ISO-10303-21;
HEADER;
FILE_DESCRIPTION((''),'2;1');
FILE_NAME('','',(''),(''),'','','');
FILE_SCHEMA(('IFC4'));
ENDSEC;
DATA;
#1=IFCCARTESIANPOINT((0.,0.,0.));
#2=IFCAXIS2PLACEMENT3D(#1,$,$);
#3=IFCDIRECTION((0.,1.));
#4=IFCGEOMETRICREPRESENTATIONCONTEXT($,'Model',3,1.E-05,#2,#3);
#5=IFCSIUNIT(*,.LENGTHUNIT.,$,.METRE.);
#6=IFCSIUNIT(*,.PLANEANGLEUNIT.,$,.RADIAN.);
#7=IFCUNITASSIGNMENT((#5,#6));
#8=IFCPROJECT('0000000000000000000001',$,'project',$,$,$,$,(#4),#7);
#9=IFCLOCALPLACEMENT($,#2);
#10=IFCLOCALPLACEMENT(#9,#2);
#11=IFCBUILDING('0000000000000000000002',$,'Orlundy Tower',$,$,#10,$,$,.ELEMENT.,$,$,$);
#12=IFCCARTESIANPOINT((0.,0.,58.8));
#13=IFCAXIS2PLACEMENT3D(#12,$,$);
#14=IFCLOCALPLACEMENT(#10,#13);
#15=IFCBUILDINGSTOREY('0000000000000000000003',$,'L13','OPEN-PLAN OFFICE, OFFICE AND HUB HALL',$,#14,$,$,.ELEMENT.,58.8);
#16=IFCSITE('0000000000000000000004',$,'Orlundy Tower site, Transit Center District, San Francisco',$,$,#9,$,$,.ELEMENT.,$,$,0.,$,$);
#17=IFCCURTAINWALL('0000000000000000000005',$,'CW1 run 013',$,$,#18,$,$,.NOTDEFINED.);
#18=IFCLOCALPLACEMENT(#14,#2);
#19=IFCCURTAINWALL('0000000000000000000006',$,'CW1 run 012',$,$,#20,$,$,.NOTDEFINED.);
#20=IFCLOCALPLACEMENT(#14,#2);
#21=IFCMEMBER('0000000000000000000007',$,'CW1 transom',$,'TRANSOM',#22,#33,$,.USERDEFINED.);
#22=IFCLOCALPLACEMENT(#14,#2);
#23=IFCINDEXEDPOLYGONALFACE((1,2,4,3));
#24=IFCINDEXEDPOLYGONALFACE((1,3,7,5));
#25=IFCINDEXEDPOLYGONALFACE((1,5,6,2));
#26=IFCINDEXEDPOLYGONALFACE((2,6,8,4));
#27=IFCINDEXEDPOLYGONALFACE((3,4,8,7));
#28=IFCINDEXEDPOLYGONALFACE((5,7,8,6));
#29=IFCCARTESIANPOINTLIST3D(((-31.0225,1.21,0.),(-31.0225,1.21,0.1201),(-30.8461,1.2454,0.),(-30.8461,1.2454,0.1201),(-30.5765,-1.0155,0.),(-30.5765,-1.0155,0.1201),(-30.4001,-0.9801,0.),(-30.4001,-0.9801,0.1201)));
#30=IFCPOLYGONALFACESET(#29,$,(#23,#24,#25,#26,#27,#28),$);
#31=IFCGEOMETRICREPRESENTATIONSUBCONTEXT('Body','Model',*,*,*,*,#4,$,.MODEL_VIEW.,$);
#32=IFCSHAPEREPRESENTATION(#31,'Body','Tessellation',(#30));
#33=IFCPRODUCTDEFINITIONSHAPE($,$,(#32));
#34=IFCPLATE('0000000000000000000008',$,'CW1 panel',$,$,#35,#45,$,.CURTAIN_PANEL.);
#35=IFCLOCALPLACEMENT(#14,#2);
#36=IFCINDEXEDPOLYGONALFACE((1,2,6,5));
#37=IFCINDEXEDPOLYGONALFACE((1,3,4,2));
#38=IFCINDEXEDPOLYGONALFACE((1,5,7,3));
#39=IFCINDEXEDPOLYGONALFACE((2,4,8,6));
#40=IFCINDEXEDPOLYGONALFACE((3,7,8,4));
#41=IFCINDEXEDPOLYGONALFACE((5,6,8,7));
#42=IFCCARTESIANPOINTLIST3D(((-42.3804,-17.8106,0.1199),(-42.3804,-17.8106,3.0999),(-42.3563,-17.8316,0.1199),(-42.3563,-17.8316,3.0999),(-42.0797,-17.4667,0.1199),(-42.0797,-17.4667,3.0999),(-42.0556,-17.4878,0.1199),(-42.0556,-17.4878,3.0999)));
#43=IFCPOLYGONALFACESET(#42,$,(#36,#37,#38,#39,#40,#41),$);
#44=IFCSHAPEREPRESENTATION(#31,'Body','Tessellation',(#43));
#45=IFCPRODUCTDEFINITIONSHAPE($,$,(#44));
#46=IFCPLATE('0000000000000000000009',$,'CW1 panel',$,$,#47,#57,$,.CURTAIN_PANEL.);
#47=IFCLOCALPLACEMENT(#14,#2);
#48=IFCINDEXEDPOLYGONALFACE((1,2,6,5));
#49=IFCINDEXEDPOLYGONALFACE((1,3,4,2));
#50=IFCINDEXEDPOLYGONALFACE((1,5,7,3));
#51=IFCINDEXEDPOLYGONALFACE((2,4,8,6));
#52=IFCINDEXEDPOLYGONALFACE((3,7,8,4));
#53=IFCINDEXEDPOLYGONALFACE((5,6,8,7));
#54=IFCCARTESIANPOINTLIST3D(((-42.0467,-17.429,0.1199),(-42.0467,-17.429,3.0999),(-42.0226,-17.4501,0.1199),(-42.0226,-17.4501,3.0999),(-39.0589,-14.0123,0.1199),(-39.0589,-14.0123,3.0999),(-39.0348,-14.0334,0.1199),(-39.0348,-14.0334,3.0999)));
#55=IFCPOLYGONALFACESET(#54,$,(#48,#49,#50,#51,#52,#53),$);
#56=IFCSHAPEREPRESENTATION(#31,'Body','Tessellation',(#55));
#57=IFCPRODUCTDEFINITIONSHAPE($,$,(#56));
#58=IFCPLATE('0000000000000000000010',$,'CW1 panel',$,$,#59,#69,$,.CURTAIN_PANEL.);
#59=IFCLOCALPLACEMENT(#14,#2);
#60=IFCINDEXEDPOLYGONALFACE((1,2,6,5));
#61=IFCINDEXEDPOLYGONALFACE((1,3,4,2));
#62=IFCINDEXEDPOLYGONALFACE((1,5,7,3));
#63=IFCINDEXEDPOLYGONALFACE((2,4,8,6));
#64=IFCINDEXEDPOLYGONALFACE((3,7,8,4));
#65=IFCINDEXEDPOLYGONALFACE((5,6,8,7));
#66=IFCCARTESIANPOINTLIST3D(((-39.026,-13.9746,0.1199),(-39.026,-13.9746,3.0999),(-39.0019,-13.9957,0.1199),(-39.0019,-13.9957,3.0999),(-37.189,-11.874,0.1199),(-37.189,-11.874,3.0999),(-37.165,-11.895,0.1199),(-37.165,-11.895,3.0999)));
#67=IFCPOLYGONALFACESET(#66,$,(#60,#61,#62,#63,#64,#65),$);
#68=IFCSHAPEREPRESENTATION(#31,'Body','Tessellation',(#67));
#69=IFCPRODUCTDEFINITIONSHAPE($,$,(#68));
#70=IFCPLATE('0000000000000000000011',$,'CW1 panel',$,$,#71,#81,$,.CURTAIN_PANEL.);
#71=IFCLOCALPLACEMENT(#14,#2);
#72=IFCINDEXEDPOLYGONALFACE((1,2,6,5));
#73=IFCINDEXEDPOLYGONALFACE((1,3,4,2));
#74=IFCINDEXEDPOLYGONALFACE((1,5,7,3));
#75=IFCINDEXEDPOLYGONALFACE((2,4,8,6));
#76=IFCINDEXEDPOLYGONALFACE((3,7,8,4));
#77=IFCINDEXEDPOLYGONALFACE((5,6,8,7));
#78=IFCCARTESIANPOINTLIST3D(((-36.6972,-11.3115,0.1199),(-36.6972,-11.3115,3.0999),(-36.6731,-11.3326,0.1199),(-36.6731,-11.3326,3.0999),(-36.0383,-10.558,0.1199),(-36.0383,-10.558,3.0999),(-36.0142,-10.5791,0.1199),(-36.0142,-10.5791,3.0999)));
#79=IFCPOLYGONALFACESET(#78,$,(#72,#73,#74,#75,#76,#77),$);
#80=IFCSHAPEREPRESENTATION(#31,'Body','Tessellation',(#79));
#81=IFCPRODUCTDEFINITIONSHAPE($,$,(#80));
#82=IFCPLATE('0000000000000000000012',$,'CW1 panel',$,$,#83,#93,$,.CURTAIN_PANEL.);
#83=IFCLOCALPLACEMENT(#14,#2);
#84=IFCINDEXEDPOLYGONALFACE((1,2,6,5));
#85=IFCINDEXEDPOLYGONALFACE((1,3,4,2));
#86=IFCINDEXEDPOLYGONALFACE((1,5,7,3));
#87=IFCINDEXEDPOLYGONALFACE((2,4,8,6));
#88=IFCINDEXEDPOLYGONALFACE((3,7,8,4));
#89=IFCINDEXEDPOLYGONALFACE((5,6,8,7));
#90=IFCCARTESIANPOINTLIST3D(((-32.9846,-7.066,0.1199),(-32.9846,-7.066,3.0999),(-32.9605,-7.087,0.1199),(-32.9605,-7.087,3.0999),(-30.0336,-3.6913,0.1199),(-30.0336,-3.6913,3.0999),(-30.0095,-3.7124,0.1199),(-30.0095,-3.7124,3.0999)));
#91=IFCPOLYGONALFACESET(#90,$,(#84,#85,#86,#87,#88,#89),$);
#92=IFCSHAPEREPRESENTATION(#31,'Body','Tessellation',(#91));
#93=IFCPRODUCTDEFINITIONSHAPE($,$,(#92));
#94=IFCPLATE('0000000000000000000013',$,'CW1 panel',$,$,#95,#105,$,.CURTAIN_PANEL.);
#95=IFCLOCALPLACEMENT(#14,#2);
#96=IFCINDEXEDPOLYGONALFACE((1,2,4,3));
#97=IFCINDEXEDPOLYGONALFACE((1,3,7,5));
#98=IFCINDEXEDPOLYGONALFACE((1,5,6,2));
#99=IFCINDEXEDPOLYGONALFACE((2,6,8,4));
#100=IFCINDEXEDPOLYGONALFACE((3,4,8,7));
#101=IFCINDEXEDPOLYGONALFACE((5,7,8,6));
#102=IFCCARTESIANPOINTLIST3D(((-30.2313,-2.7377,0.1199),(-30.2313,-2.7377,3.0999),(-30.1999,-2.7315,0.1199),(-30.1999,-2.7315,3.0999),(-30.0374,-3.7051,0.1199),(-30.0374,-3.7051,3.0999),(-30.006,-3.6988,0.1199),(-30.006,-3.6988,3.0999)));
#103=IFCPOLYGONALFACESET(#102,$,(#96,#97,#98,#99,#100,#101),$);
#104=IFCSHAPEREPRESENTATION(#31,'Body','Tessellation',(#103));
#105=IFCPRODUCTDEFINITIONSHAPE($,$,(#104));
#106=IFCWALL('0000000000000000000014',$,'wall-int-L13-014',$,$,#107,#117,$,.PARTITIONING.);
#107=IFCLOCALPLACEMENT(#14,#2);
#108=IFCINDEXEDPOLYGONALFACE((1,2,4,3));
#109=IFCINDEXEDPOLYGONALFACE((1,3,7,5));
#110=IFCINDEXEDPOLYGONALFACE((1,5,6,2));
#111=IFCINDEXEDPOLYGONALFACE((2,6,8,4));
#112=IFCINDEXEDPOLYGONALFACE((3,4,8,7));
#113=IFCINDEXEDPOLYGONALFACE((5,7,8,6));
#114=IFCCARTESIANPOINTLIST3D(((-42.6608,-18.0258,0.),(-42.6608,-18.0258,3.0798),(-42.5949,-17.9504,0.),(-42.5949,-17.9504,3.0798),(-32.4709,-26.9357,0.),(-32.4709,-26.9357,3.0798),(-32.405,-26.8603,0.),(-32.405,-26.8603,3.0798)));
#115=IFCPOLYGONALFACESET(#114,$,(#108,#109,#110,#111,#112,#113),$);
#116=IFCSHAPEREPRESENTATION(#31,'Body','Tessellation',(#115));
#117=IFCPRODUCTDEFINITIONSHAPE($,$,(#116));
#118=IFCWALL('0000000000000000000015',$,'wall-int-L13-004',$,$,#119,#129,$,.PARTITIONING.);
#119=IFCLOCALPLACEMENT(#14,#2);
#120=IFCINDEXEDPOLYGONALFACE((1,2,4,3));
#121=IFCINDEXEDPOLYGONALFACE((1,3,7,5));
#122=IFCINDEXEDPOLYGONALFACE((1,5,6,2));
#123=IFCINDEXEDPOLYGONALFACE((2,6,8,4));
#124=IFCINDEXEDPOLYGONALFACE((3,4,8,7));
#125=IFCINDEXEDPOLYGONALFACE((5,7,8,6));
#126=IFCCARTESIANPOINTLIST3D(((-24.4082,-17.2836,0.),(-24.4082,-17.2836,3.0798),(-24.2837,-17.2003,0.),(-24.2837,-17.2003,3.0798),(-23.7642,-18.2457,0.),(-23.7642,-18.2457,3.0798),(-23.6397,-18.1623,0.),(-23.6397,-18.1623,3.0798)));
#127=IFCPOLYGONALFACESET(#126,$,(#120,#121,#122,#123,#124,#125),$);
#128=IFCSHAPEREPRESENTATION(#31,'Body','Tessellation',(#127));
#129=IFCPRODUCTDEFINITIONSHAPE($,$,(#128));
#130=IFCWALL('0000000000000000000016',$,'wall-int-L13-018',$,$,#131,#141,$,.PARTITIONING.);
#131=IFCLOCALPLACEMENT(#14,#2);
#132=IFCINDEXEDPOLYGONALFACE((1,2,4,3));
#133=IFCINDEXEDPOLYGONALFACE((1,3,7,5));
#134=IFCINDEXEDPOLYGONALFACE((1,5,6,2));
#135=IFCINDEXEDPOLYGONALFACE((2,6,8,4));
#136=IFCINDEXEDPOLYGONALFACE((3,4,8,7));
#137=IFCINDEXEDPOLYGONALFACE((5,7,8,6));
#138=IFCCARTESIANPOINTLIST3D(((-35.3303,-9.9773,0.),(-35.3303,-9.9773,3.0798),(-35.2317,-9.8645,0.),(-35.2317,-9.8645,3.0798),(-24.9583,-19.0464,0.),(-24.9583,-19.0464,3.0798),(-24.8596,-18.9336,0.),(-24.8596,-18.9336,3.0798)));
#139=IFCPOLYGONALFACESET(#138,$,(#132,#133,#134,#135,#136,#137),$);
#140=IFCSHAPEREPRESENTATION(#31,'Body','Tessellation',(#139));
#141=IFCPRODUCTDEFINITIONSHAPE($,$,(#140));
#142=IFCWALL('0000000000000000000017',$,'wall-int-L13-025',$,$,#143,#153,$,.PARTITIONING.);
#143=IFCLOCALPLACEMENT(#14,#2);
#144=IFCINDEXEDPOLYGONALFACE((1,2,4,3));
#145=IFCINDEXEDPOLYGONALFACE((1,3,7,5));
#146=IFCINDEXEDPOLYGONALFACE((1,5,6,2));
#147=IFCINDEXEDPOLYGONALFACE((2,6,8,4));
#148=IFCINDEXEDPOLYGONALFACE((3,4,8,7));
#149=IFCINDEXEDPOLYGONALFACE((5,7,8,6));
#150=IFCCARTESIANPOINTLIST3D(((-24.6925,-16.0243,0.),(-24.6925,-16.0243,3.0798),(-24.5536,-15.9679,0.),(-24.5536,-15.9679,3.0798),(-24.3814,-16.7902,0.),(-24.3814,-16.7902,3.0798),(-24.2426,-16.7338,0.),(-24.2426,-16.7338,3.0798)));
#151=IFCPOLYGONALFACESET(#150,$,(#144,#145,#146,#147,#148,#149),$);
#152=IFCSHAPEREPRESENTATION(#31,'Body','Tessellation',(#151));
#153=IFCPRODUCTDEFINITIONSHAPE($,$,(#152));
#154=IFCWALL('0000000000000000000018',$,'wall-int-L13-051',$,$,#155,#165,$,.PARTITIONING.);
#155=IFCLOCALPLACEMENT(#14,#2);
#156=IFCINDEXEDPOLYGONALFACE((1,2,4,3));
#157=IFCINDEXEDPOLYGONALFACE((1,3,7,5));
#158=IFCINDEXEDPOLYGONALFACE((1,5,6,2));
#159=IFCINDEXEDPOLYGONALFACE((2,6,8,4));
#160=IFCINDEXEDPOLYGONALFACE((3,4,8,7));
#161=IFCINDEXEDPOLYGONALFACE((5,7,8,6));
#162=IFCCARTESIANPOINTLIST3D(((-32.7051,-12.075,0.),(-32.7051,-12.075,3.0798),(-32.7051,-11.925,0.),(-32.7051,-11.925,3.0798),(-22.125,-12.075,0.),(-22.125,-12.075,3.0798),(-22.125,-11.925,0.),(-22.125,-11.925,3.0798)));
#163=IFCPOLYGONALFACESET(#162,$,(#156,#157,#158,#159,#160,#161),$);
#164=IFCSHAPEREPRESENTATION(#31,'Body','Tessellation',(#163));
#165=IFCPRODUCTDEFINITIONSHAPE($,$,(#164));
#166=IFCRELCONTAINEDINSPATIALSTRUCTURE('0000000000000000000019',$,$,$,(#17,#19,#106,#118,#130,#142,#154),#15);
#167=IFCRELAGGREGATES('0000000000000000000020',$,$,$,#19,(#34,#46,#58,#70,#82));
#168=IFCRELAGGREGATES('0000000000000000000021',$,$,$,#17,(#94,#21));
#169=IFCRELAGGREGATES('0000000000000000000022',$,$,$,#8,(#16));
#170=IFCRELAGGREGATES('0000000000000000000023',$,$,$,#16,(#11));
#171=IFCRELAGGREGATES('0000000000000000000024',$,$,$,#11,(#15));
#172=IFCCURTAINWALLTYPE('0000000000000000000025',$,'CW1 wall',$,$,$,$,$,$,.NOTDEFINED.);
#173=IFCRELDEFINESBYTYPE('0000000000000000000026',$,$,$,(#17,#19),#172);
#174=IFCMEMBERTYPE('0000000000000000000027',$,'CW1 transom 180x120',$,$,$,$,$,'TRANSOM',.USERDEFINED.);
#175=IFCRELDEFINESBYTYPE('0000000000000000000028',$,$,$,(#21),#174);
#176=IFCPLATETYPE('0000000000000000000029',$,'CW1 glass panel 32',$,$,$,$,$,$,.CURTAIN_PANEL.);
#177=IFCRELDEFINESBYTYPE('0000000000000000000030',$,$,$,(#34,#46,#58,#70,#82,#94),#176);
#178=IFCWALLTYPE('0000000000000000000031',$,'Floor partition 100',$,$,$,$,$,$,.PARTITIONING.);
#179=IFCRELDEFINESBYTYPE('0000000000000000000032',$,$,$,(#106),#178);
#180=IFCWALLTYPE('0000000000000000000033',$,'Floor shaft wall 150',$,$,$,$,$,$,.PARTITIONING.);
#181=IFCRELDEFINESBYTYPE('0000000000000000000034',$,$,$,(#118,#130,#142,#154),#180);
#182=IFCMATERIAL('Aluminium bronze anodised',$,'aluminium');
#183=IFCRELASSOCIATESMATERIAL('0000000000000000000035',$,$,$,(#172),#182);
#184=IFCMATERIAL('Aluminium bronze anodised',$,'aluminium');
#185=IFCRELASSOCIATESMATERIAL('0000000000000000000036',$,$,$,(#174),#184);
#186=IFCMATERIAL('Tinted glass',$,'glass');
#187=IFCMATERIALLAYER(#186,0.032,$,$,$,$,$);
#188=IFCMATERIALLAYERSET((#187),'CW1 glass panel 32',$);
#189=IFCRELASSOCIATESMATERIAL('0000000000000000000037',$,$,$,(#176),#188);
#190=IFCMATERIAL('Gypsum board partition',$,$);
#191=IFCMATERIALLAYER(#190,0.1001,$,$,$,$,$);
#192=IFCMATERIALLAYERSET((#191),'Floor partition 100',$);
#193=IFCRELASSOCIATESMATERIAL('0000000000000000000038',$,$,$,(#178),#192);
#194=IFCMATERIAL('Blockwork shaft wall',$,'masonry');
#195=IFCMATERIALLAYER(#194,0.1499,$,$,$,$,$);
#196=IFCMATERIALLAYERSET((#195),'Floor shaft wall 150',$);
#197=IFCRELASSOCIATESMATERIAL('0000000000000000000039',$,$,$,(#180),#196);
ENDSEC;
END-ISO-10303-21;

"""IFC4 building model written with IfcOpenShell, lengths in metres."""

from ifc_helpers import new_model, si_unit, direction, frame, frame_2d, origin, origin_2d, place, context, subcontext, project, spatial, rectangle, extrude, material, layer, layer_set, material_profile, profile_set, type_object, element, aggregate, save


model = new_model("IFC4")

# Units and contexts
model_context = context("Model", 3, precision=1e-05, world=origin(), true_north=direction((0.0, 1.0)))
body_context = subcontext(model_context, "Body", "Model", "MODEL_VIEW")
ifc_project = project(units=[si_unit("LENGTHUNIT", "METRE"), si_unit("PLANEANGLEUNIT", "RADIAN")], contexts=[model_context])

# Site, building, storey
site_placement = place(None, origin())
site = spatial("IfcSite", under=ifc_project, at=site_placement, Name="Orlundy Tower site, Transit Center District, San Francisco", CompositionType="ELEMENT", RefElevation=0.0)
building_placement = place(site_placement, origin())
building = spatial("IfcBuilding", under=site, at=building_placement, Name="Orlundy Tower", CompositionType="ELEMENT")
storey_placement = place(building_placement, frame((0.0, 0.0, 58.8)))
storey = spatial("IfcBuildingStorey", under=building, at=storey_placement, Name="L13", Description="OPEN-PLAN OFFICE, OFFICE AND HUB HALL", CompositionType="ELEMENT", Elevation=58.8)

# Curtain wall
ifc_material_1 = material(Name="Aluminium bronze anodised", Category="aluminium")
curtain_wall_type = type_object("IfcCurtainWallType", Name="CW1 wall", PredefinedType="NOTDEFINED", material=ifc_material_1)
curtain_wall_1_placement = place(storey_placement, origin())
curtain_wall_1 = element("IfcCurtainWall", 1, at=curtain_wall_1_placement, inside=storey, type_object=curtain_wall_type, Name="CW1 run 013", PredefinedType="NOTDEFINED")

# Curtain wall
curtain_wall_2_placement = place(storey_placement, origin())
curtain_wall_2 = element("IfcCurtainWall", 2, at=curtain_wall_2_placement, inside=storey, type_object=curtain_wall_type, Name="CW1 run 012", PredefinedType="NOTDEFINED")
ifc_material_2 = material(Name="Aluminium bronze anodised", Category="aluminium")
ifc_material_profile_1 = material_profile(ifc_material_2, rectangle(XDim=0.1799, YDim=0.1201, at=origin_2d()), Name="CW1 transom 180x120")
ifc_profile_set_1 = profile_set([ifc_material_profile_1], Name="Aluminium bronze anodised")
member_type_1 = type_object("IfcMemberType", Name="CW1 transom 180x120", ElementType="TRANSOM", PredefinedType="USERDEFINED", material=ifc_profile_set_1)

# Member
member_1_placement = place(storey_placement, frame((-30.4883, -0.9978, 0.0601), z_axis=(-0.196509, 0.980502, 0.0), x_axis=(-0.980502, -0.196509, 0.0)))
member_1 = element("IfcMember", 3, at=member_1_placement, type_object=member_type_1, Name="CW1 transom", ObjectType="TRANSOM", PredefinedType="USERDEFINED", context=body_context, shape_type="SweptSolid", body=[
    extrude(rectangle(XDim=0.1799, YDim=0.1201, at=origin_2d()), origin(), (0.0, 0.0, 1.0), 2.2698),
])

# Plates
ifc_material_3 = material(Name="Tinted glass", Category="glass")
ifc_layer_1 = layer(ifc_material_3, 0.032)
ifc_layer_set_1 = layer_set([ifc_layer_1], Name="CW1 glass panel 32")
plate_type = type_object("IfcPlateType", Name="CW1 glass panel 32", PredefinedType="CURTAIN_PANEL", material=ifc_layer_set_1)
plate_1_placement = place(storey_placement, frame((-42.218, -17.6492, 0.1199), z_axis=(0.0, 0.0, 1.0), x_axis=(0.658273, 0.752779, 0.0)))
plate_1 = element("IfcPlate", 4, at=plate_1_placement, type_object=plate_type, Name="CW1 panel", PredefinedType="CURTAIN_PANEL", context=body_context, shape_type="SweptSolid", body=[
    extrude(rectangle(XDim=0.4568, YDim=0.032, at=origin_2d()), origin(), (0.0, 0.0, 1.0), 2.98),
])
plate_2_placement = place(storey_placement, frame((-40.5408, -15.7312, 0.1199), z_axis=(0.0, 0.0, 1.0), x_axis=(0.658273, 0.752779, 0.0)))
plate_2 = element("IfcPlate", 5, at=plate_2_placement, type_object=plate_type, Name="CW1 panel", PredefinedType="CURTAIN_PANEL", context=body_context, shape_type="SweptSolid", body=[
    extrude(rectangle(XDim=4.5388, YDim=0.032, at=origin_2d()), origin(), (0.0, 0.0, 1.0), 2.98),
])
plate_3_placement = place(storey_placement, frame((-38.0955, -12.9348, 0.1199), z_axis=(0.0, 0.0, 1.0), x_axis=(0.658273, 0.752779, 0.0)))
plate_3 = element("IfcPlate", 6, at=plate_3_placement, type_object=plate_type, Name="CW1 panel", PredefinedType="CURTAIN_PANEL", context=body_context, shape_type="SweptSolid", body=[
    extrude(rectangle(XDim=2.7905, YDim=0.032, at=origin_2d()), origin(), (0.0, 0.0, 1.0), 2.98),
])
plate_4_placement = place(storey_placement, frame((-36.3557, -10.9453, 0.1199), z_axis=(0.0, 0.0, 1.0), x_axis=(0.658273, 0.752779, 0.0)))
plate_4 = element("IfcPlate", 7, at=plate_4_placement, type_object=plate_type, Name="CW1 panel", PredefinedType="CURTAIN_PANEL", context=body_context, shape_type="SweptSolid", body=[
    extrude(rectangle(XDim=1.001, YDim=0.032, at=origin_2d()), origin(), (0.0, 0.0, 1.0), 2.98),
])
plate_5_placement = place(storey_placement, frame((-31.4971, -5.3892, 0.1199), z_axis=(0.0, 0.0, 1.0), x_axis=(0.658273, 0.752779, 0.0)))
plate_5 = element("IfcPlate", 8, at=plate_5_placement, type_object=plate_type, Name="CW1 panel", PredefinedType="CURTAIN_PANEL", context=body_context, shape_type="SweptSolid", body=[
    extrude(rectangle(XDim=4.4829, YDim=0.032, at=origin_2d()), origin(), (0.0, 0.0, 1.0), 2.98),
])
aggregate(curtain_wall_2, [plate_1, plate_2, plate_3, plate_4, plate_5])
plate_6_placement = place(storey_placement, frame((-30.1187, -3.2183, 0.1199), z_axis=(0.0, 0.0, 1.0), x_axis=(-0.196529, 0.980498, 0.0)))
plate_6 = element("IfcPlate", 9, at=plate_6_placement, type_object=plate_type, Name="CW1 panel", PredefinedType="CURTAIN_PANEL", context=body_context, shape_type="SweptSolid", body=[
    extrude(rectangle(XDim=0.9866, YDim=0.032, at=origin_2d()), origin(), (0.0, 0.0, 1.0), 2.98),
])
aggregate(curtain_wall_1, [plate_6, member_1])

# Walls
ifc_material_4 = material(Name="Gypsum board partition")
ifc_layer_2 = layer(ifc_material_4, 0.1001)
ifc_layer_set_2 = layer_set([ifc_layer_2], Name="Floor partition 100")
wall_type_1 = type_object("IfcWallType", Name="Floor partition 100", PredefinedType="PARTITIONING", material=ifc_layer_set_2)
wall_1_placement = place(storey_placement, frame((-42.6279, -17.988, 0.0), z_axis=(0.0, 0.0, 1.0), x_axis=(0.752807, -0.658242, 0.0)))
element("IfcWall", 10, at=wall_1_placement, inside=storey, type_object=wall_type_1, Name="wall-int-L13-014", PredefinedType="PARTITIONING", context=body_context, shape_type="SweptSolid", body=[
    extrude(rectangle(XDim=13.5359, YDim=0.1001, at=frame_2d((6.7681, 0.0))), origin(), (0.0, 0.0, 1.0), 3.0798),
])
ifc_material_5 = material(Name="Blockwork shaft wall", Category="masonry")
ifc_layer_3 = layer(ifc_material_5, 0.1499)
ifc_layer_set_3 = layer_set([ifc_layer_3], Name="Floor shaft wall 150")
wall_type_2 = type_object("IfcWallType", Name="Floor shaft wall 150", PredefinedType="PARTITIONING", material=ifc_layer_set_3)
wall_2_placement = place(storey_placement, frame((-24.3459, -17.2419, 0.0), z_axis=(0.0, 0.0, 1.0), x_axis=(0.556256, -0.831011, 0.0)))
element("IfcWall", 11, at=wall_2_placement, inside=storey, type_object=wall_type_2, Name="wall-int-L13-004", PredefinedType="PARTITIONING", context=body_context, shape_type="SweptSolid", body=[
    extrude(rectangle(XDim=1.1577, YDim=0.1499, at=frame_2d((0.5789, 0.0))), origin(), (0.0, 0.0, 1.0), 3.0798),
])
wall_3_placement = place(storey_placement, frame((-35.281, -9.9209, 0.0), z_axis=(0.0, 0.0, 1.0), x_axis=(0.752809, -0.658239, 0.0)))
element("IfcWall", 12, at=wall_3_placement, inside=storey, type_object=wall_type_2, Name="wall-int-L13-018", PredefinedType="PARTITIONING", context=body_context, shape_type="SweptSolid", body=[
    extrude(rectangle(XDim=13.7778, YDim=0.1499, at=frame_2d((6.8889, 0.0))), origin(), (0.0, 0.0, 1.0), 3.0798),
])
wall_4_placement = place(storey_placement, frame((-24.623, -15.9961, 0.0), z_axis=(0.0, 0.0, 1.0), x_axis=(0.376274, -0.926508, 0.0)))
element("IfcWall", 13, at=wall_4_placement, inside=storey, type_object=wall_type_2, Name="wall-int-L13-025", PredefinedType="PARTITIONING", context=body_context, shape_type="SweptSolid", body=[
    extrude(rectangle(XDim=0.8267, YDim=0.1499, at=frame_2d((0.4133, 0.0))), origin(), (0.0, 0.0, 1.0), 3.0798),
])
wall_5_placement = place(storey_placement, frame((-32.7051, -12.0, 0.0), z_axis=(0.0, 0.0, 1.0), x_axis=(1.0, 0.0, 0.0)))
element("IfcWall", 14, at=wall_5_placement, inside=storey, type_object=wall_type_2, Name="wall-int-L13-051", PredefinedType="PARTITIONING", context=body_context, shape_type="SweptSolid", body=[
    extrude(rectangle(XDim=10.5801, YDim=0.1499, at=frame_2d((5.29, 0.0))), origin(), (0.0, 0.0, 1.0), 3.0798),
])

save(model, "model.ifc")
